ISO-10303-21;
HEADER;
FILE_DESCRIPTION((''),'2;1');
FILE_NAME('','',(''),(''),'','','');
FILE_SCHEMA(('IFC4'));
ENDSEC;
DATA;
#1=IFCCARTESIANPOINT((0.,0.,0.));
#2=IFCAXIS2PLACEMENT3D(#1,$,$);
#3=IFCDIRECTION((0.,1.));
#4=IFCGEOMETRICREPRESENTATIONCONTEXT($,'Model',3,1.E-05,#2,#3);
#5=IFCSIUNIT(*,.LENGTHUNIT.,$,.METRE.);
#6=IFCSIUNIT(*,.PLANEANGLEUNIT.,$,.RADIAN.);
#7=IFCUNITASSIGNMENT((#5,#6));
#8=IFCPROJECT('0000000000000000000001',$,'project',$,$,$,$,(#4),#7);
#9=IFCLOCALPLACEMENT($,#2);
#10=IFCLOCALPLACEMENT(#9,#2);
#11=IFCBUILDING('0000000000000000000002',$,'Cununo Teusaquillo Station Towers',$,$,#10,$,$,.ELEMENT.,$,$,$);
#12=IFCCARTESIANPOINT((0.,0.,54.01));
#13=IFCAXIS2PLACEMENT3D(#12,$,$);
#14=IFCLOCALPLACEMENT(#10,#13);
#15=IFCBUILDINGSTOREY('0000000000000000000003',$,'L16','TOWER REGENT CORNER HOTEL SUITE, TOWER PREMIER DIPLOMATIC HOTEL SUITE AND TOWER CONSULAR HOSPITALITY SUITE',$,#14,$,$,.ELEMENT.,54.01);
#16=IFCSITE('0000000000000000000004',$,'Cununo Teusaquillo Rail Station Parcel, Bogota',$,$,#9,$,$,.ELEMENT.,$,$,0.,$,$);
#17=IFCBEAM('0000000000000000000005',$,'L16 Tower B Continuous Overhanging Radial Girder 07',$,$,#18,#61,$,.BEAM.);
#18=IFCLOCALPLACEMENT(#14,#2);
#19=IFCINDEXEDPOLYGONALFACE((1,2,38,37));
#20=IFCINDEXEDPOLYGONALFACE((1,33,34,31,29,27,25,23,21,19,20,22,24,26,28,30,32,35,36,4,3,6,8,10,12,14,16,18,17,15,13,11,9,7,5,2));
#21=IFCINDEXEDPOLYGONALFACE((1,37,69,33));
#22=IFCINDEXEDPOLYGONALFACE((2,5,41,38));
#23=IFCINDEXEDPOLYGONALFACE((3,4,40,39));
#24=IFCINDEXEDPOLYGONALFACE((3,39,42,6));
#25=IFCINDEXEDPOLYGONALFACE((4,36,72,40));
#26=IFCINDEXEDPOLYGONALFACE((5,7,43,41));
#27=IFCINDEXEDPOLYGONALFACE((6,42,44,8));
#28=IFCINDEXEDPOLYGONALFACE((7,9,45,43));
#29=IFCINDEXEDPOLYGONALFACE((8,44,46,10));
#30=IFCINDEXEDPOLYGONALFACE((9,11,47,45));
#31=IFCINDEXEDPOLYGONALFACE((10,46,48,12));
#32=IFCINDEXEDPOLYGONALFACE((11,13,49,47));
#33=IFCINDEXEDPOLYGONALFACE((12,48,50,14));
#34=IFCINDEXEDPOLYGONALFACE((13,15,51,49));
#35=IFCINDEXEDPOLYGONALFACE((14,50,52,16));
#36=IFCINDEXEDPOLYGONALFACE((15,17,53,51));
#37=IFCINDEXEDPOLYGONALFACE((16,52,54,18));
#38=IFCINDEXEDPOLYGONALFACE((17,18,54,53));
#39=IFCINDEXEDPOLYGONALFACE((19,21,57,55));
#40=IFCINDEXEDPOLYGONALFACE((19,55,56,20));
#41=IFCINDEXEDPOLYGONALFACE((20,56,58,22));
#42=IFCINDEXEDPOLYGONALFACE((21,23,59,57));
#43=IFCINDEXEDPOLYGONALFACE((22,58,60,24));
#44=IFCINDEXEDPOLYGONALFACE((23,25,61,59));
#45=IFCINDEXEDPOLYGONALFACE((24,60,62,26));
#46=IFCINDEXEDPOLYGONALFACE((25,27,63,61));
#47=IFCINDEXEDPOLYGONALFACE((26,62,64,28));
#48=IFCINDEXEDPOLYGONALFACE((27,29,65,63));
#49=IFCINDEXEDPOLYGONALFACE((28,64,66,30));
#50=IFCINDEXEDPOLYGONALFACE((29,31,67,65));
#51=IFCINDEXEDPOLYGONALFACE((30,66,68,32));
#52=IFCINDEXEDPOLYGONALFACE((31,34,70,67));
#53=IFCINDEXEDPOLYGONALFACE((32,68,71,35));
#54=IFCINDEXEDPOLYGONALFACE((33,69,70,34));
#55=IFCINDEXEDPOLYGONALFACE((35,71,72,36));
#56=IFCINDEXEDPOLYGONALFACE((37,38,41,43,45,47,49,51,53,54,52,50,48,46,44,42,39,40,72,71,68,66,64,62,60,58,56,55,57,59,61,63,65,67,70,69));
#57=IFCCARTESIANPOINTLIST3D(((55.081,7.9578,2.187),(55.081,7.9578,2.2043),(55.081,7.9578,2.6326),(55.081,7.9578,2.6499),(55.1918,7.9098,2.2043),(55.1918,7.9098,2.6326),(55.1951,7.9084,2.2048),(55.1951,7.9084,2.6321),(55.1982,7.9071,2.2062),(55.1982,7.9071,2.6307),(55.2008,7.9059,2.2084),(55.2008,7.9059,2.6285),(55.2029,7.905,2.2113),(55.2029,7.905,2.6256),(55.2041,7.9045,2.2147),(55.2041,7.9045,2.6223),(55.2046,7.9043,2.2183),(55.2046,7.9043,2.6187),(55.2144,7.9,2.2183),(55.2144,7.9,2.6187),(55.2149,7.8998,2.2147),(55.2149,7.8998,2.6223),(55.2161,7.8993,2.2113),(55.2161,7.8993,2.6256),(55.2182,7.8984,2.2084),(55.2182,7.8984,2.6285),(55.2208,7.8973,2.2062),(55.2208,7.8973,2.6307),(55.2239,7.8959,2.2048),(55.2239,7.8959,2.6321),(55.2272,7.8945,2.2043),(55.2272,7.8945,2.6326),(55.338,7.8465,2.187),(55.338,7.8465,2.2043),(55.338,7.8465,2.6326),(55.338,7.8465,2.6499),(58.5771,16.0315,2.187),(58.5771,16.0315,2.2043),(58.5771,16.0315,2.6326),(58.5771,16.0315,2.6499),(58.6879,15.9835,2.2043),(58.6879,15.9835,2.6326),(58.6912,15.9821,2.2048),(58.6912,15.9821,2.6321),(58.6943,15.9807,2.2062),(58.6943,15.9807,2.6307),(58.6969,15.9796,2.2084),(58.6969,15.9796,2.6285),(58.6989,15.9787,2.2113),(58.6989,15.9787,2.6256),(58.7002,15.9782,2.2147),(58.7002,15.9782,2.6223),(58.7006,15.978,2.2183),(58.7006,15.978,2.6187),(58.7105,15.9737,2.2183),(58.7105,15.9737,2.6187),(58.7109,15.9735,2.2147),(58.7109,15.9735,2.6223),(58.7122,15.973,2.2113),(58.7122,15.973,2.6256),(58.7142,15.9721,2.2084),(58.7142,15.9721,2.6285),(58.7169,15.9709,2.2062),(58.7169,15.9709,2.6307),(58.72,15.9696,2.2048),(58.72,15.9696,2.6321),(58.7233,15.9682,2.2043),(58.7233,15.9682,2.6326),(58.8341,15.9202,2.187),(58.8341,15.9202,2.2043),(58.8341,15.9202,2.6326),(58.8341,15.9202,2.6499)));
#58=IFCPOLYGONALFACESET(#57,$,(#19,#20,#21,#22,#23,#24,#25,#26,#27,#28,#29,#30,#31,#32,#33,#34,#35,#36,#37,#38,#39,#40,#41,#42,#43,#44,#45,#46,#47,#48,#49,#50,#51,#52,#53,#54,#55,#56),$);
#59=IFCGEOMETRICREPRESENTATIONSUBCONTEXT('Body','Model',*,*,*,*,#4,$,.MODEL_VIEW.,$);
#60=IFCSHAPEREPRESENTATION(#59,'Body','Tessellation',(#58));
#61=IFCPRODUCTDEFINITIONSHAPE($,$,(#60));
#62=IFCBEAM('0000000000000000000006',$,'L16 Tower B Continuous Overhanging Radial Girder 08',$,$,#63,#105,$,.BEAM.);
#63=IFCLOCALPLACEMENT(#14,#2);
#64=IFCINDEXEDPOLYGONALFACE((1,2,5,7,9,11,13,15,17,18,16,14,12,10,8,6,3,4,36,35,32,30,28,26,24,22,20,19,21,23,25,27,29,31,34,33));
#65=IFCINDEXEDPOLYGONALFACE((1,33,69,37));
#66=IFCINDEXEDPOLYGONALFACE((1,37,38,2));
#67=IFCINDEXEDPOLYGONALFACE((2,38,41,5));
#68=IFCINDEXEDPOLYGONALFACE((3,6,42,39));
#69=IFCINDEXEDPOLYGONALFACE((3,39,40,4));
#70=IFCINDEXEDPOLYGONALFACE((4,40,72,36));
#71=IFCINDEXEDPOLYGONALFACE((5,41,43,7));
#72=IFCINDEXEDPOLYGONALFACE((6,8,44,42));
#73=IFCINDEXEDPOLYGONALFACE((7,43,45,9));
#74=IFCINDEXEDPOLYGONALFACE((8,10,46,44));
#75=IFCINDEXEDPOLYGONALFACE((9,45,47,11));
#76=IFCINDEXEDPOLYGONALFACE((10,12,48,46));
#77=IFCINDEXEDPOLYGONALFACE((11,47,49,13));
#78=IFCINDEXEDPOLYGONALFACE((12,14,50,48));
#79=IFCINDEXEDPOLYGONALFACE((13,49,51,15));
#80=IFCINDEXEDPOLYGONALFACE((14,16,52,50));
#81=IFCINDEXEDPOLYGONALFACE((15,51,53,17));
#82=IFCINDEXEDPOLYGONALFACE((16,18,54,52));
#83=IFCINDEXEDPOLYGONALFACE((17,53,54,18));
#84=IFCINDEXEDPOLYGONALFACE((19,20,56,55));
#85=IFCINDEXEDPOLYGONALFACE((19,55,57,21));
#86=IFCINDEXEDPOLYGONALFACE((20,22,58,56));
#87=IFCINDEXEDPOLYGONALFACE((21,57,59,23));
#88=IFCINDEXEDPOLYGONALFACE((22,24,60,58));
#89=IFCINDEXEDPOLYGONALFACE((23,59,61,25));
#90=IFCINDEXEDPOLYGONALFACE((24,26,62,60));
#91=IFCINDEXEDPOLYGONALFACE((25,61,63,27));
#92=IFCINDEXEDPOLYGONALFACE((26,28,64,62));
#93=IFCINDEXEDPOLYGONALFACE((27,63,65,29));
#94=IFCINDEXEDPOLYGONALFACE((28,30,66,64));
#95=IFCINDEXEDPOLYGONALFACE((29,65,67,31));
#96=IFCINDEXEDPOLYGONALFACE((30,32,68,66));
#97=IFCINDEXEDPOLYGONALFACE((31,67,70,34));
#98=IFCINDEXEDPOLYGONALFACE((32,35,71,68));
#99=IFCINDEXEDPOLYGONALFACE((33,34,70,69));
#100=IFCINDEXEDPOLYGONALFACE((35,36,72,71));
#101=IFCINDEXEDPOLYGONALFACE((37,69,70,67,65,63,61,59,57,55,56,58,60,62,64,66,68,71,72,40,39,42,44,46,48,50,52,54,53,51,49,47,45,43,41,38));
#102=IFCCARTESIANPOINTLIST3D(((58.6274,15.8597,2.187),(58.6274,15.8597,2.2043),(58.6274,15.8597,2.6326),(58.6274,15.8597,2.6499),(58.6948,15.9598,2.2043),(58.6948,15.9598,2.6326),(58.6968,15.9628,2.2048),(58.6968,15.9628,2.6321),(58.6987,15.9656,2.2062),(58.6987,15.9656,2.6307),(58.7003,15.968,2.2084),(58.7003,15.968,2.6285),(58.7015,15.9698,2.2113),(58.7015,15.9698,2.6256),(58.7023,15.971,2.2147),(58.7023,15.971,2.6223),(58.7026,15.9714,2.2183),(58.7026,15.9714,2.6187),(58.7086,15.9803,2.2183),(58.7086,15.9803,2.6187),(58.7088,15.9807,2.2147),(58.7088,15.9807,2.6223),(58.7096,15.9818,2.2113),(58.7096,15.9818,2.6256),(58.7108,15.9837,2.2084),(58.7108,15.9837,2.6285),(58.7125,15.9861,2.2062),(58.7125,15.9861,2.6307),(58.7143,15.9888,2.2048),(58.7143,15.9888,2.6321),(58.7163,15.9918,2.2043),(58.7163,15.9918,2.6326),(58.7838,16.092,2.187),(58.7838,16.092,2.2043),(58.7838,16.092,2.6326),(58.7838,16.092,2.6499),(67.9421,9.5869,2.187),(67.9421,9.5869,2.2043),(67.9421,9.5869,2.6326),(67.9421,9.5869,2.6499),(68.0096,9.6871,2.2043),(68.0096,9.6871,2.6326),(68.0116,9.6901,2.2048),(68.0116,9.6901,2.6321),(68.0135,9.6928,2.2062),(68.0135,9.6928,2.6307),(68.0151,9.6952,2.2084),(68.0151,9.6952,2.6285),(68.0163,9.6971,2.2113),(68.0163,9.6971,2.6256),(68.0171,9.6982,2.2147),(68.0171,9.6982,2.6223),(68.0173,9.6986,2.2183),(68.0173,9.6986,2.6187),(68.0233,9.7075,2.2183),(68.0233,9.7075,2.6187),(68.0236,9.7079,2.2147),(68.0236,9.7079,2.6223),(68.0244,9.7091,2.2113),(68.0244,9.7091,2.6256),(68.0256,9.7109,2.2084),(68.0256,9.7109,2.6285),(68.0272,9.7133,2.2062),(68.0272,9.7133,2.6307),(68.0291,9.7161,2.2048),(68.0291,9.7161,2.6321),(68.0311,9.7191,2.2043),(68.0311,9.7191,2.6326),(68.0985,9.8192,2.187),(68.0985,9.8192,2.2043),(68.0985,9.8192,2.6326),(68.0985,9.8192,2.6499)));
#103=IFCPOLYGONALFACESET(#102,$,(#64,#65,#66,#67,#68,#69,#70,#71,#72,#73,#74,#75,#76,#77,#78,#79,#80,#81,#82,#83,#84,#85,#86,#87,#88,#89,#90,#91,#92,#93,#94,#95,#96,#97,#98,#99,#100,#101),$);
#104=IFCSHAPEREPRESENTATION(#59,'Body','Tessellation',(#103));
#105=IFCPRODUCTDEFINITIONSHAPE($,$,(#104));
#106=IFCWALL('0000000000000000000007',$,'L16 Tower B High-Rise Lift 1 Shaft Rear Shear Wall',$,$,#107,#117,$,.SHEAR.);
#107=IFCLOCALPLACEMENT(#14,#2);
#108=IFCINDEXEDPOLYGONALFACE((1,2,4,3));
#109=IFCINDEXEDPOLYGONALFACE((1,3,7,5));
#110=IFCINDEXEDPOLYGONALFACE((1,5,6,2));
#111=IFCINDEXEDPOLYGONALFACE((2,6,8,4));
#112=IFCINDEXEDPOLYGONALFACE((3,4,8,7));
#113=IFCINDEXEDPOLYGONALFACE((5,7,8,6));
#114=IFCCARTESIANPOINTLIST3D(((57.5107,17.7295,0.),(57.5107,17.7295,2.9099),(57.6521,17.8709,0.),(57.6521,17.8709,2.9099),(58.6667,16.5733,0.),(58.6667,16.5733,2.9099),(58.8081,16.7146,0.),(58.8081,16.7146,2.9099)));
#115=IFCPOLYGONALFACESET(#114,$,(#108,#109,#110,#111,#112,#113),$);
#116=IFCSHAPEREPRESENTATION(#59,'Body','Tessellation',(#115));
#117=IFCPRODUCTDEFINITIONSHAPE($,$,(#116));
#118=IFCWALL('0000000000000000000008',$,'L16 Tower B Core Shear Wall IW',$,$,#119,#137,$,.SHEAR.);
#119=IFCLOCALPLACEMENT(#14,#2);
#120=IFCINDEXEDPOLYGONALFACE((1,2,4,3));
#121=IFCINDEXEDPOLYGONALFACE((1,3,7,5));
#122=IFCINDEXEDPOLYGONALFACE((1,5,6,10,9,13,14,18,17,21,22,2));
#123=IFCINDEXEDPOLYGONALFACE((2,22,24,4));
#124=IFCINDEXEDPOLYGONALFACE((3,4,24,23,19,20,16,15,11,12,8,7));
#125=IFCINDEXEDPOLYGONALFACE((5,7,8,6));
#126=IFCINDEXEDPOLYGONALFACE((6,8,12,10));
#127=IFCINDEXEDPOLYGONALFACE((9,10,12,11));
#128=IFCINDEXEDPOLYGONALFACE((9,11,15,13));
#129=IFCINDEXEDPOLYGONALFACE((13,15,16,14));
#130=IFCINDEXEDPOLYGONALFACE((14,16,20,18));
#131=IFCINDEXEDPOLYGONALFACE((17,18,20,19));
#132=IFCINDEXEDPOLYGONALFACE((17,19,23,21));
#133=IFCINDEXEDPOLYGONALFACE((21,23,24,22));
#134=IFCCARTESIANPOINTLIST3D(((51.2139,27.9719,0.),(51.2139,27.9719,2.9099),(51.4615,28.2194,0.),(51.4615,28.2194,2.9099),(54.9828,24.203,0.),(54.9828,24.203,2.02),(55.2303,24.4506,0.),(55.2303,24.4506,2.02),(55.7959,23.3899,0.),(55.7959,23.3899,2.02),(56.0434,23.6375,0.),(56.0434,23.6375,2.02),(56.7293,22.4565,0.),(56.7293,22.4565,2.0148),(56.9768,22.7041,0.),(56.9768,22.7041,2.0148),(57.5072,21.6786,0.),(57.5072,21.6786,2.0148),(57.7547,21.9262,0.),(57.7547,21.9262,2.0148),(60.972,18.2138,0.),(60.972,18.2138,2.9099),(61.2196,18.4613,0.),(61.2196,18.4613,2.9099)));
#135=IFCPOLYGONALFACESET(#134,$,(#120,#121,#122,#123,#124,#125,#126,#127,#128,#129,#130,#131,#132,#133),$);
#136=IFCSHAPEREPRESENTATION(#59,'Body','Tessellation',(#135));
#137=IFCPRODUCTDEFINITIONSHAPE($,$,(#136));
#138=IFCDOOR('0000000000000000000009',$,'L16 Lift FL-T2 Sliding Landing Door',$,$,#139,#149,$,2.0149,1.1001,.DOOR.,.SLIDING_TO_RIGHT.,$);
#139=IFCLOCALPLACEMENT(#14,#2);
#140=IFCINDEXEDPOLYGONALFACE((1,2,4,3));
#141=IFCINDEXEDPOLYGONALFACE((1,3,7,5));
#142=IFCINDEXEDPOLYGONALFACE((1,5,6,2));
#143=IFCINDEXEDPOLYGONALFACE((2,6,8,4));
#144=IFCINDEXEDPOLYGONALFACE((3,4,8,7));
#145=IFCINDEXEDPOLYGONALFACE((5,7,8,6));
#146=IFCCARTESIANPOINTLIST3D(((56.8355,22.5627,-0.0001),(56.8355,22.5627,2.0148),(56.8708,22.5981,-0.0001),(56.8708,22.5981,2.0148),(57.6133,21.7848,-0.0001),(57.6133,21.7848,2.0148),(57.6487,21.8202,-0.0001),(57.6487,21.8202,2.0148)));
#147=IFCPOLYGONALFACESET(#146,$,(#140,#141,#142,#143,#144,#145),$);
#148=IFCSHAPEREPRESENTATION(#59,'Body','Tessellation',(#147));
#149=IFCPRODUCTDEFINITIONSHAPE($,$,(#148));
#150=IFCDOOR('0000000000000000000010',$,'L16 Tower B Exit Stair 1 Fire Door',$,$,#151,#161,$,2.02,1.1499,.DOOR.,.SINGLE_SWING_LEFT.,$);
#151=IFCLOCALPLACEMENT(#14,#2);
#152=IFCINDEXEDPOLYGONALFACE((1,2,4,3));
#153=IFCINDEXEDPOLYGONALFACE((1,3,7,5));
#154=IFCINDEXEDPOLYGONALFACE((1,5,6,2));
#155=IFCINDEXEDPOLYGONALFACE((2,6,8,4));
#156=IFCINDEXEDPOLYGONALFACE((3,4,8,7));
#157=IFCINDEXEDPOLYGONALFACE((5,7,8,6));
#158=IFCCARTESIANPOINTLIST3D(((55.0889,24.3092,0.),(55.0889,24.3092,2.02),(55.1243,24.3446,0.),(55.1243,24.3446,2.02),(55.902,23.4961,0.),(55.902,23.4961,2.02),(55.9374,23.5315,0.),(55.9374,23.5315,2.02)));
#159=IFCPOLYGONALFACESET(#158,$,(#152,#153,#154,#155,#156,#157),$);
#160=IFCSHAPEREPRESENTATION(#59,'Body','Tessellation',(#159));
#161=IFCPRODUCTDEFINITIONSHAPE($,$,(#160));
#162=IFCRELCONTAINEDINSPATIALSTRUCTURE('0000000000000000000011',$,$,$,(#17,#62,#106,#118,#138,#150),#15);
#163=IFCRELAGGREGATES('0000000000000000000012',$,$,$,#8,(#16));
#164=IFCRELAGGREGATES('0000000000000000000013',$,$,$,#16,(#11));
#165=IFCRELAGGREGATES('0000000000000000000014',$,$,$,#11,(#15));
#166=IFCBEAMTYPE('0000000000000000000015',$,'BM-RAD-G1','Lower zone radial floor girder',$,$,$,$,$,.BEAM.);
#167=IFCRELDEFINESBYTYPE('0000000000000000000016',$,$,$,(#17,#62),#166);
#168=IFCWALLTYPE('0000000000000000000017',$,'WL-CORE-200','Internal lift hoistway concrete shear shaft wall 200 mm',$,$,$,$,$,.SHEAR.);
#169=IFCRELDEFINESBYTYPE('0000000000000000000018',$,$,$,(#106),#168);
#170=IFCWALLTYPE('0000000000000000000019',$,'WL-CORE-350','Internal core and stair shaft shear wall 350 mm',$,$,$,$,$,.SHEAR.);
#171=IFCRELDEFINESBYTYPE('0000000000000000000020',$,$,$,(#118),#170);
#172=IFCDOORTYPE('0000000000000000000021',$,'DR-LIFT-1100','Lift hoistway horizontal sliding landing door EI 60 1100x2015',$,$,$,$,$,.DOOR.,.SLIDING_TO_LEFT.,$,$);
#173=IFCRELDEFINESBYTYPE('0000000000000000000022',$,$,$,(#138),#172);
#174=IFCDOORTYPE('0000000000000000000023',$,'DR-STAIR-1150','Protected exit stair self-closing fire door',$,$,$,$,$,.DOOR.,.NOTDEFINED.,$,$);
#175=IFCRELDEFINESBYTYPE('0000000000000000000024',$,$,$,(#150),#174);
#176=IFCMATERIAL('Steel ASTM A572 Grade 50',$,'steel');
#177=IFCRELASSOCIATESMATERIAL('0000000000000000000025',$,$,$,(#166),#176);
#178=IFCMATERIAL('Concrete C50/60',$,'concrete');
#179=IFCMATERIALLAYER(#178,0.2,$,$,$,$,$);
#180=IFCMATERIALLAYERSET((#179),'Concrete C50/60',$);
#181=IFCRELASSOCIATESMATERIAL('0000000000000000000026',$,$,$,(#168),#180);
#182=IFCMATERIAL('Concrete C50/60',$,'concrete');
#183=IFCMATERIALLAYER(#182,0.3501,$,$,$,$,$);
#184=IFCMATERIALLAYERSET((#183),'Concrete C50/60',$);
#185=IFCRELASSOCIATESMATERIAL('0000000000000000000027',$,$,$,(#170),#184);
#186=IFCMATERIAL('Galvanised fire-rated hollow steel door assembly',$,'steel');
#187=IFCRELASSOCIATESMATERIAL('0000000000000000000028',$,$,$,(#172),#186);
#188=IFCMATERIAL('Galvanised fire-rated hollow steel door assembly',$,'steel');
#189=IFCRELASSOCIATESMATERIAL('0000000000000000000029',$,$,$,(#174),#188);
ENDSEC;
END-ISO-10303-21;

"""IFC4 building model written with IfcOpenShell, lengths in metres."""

from ifc_helpers import new_model, si_unit, direction, frame, frame_2d, origin, origin_2d, place, context, subcontext, project, spatial, rectangle, i_section, extrude, source, transform, mapped, material, layer, layer_set, material_profile, profile_set, type_object, element, fill, save


model = new_model("IFC4")

# Units and contexts
model_context = context("Model", 3, precision=1e-05, world=origin(), true_north=direction((0.0, 1.0)))
body_context = subcontext(model_context, "Body", "Model", "MODEL_VIEW")
ifc_project = project(units=[si_unit("LENGTHUNIT", "METRE"), si_unit("PLANEANGLEUNIT", "RADIAN")], contexts=[model_context])

# Site, building, storey
site_placement = place(None, origin())
site = spatial("IfcSite", under=ifc_project, at=site_placement, Name="Cununo Teusaquillo Rail Station Parcel, Bogota", CompositionType="ELEMENT", RefElevation=0.0)
building_placement = place(site_placement, origin())
building = spatial("IfcBuilding", under=site, at=building_placement, Name="Cununo Teusaquillo Station Towers", CompositionType="ELEMENT")
storey_placement = place(building_placement, frame((0.0, 0.0, 54.01)))
storey = spatial("IfcBuildingStorey", under=building, at=storey_placement, Name="L16", Description="TOWER REGENT CORNER HOTEL SUITE, TOWER PREMIER DIPLOMATIC HOTEL SUITE AND TOWER CONSULAR HOSPITALITY SUITE", CompositionType="ELEMENT", Elevation=54.01)

# Beams
ifc_material_1 = material(Name="Steel ASTM A572 Grade 50", Category="steel")
ifc_material_profile_1 = material_profile(ifc_material_1, i_section(OverallWidth=0.28, OverallDepth=0.4629, WebThickness=0.0107, FlangeThickness=0.0173, FilletRadius=0.0139, at=origin_2d()), Name="W18X76")
ifc_profile_set_1 = profile_set([ifc_material_profile_1], Name="Steel ASTM A572 Grade 50")
beam_type_1 = type_object("IfcBeamType", Name="BM-RAD-G1", Description="Lower zone radial floor girder", PredefinedType="BEAM", material=ifc_profile_set_1)
beam_1_placement = place(storey_placement, frame((58.7056, 15.9758, 2.4185), z_axis=(-0.397366, -0.91766, 0.0), x_axis=(0.91766, -0.397366, 0.0)))
element("IfcBeam", 1, at=beam_1_placement, inside=storey, type_object=beam_type_1, Name="L16 Tower B Continuous Overhanging Radial Girder 07", PredefinedType="BEAM", context=body_context, shape_type="SweptSolid", body=[
    extrude(i_section(OverallWidth=0.28, OverallDepth=0.4629, WebThickness=0.0107, FlangeThickness=0.0173, FilletRadius=0.0139, at=origin_2d()), origin(), (0.0, 0.0, 1.0), 8.7981),
])
beam_2_placement = place(storey_placement, frame((58.7056, 15.9758, 2.4185), z_axis=(0.829456, -0.558572, 0.0), x_axis=(0.558572, 0.829456, 0.0)))
element("IfcBeam", 2, at=beam_2_placement, inside=storey, type_object=beam_type_1, Name="L16 Tower B Continuous Overhanging Radial Girder 08", PredefinedType="BEAM", context=body_context, shape_type="SweptSolid", body=[
    extrude(i_section(OverallWidth=0.28, OverallDepth=0.4629, WebThickness=0.0107, FlangeThickness=0.0173, FilletRadius=0.0139, at=origin_2d()), origin(), (0.0, 0.0, 1.0), 11.23),
])

# Wall
ifc_material_2 = material(Name="Concrete C50/60", Category="concrete")
ifc_layer_1 = layer(ifc_material_2, 0.2)
ifc_layer_set_1 = layer_set([ifc_layer_1], Name="Concrete C50/60")
wall_type_1 = type_object("IfcWallType", Name="WL-CORE-200", Description="Internal lift hoistway concrete shear shaft wall 200 mm", PredefinedType="SHEAR", material=ifc_layer_set_1)
wall_1_placement = place(storey_placement, frame((58.7373, 16.644, 0.0), z_axis=(0.0, 0.0, 1.0), x_axis=(-0.707032, 0.707181, 0.0)))
element("IfcWall", 3, at=wall_1_placement, inside=storey, type_object=wall_type_1, Name="L16 Tower B High-Rise Lift 1 Shaft Rear Shear Wall", PredefinedType="SHEAR", context=body_context, shape_type="SweptSolid", body=[
    extrude(rectangle(XDim=1.635, YDim=0.2, at=frame_2d((0.8174, 0.0))), origin(), (0.0, 0.0, 1.0), 2.9099),
])

# Wall, openings, doors
ifc_material_3 = material(Name="Concrete C50/60", Category="concrete")
ifc_layer_2 = layer(ifc_material_3, 0.3501)
ifc_layer_set_2 = layer_set([ifc_layer_2], Name="Concrete C50/60")
wall_type_2 = type_object("IfcWallType", Name="WL-CORE-350", Description="Internal core and stair shaft shear wall 350 mm", PredefinedType="SHEAR", material=ifc_layer_set_2)
wall_2_placement = place(storey_placement, frame((61.0957, 18.3376, 0.0), z_axis=(0.0, 0.0, 1.0), x_axis=(-0.707107, 0.707107, 0.0)))
wall_2 = element("IfcWall", 4, at=wall_2_placement, inside=storey, type_object=wall_type_2, Name="L16 Tower B Core Shear Wall IW", PredefinedType="SHEAR", context=body_context, shape_type="SweptSolid", body=[
    extrude(rectangle(XDim=13.8, YDim=0.3501, at=frame_2d((6.8999, 0.0))), origin(), (0.0, 0.0, 1.0), 2.9099),
])
shared_shape_1 = source(origin(), body_context, "Body", "SweptSolid", [
    extrude(rectangle(XDim=1.1001, YDim=2.0149, at=frame_2d((0.55, 1.0073))), frame((0.0, 0.1851, 0.0), z_axis=(0.0, -1.0, 0.0), x_axis=(1.0, 0.0, 0.0)), (0.0, 0.0, 1.0), 0.3701),
])
opening_1_placement = place(wall_2_placement, frame((4.8999, 0.0, 0.0)))
opening_1 = element("IfcOpeningElement", 5, at=opening_1_placement, cuts=wall_2, PredefinedType="OPENING", context=body_context, shape_type="MappedRepresentation", body=[
    mapped(shared_shape_1, transform((0.0, 0.0, 0.0), x_axis=(1.0, 0.0, 0.0), y_axis=(0.0, 1.0, 0.0), z_axis=(0.0, 0.0, 1.0), scale=1.0)),
])
shared_shape_2 = source(origin(), body_context, "Body", "SweptSolid", [
    extrude(rectangle(XDim=1.1499, YDim=2.02, at=frame_2d((0.575, 1.01))), frame((0.0, 0.1851, 0.0), z_axis=(0.0, -1.0, 0.0), x_axis=(1.0, 0.0, 0.0)), (0.0, 0.0, 1.0), 0.3701),
])
opening_2_placement = place(wall_2_placement, frame((7.3201, 0.0, 0.0)))
opening_2 = element("IfcOpeningElement", 6, at=opening_2_placement, cuts=wall_2, PredefinedType="OPENING", context=body_context, shape_type="MappedRepresentation", body=[
    mapped(shared_shape_2, transform((0.0, 0.0, 0.0), x_axis=(1.0, 0.0, 0.0), y_axis=(0.0, 1.0, 0.0), z_axis=(0.0, 0.0, 1.0), scale=1.0)),
])
ifc_material_4 = material(Name="Galvanised fire-rated hollow steel door assembly", Category="steel")
door_type_1 = type_object("IfcDoorType", Name="DR-LIFT-1100", Description="Lift hoistway horizontal sliding landing door EI 60 1100x2015", OperationType="SLIDING_TO_LEFT", PredefinedType="DOOR", material=ifc_material_4)
shared_shape_3 = source(origin(), body_context, "Body", "SweptSolid", [
    extrude(rectangle(XDim=1.1001, YDim=2.0149, at=frame_2d((0.55, 1.0073))), frame((0.0, 0.0249, 0.0), z_axis=(0.0, -1.0, 0.0), x_axis=(1.0, 0.0, 0.0)), (0.0, 0.0, 1.0), 0.05),
])
door_1_placement = place(opening_1_placement, origin())
door_1 = element("IfcDoor", 7, at=door_1_placement, inside=storey, type_object=door_type_1, Name="L16 Lift FL-T2 Sliding Landing Door", OperationType="SLIDING_TO_RIGHT", OverallHeight=2.0149, OverallWidth=1.1001, PredefinedType="DOOR", context=body_context, shape_type="MappedRepresentation", body=[
    mapped(shared_shape_3, transform((0.0, 0.0, 0.0), x_axis=(1.0, 0.0, 0.0), y_axis=(0.0, 1.0, 0.0), z_axis=(0.0, 0.0, 1.0), scale=1.0)),
])
fill(opening_1, door_1)
ifc_material_5 = material(Name="Galvanised fire-rated hollow steel door assembly", Category="steel")
door_type_2 = type_object("IfcDoorType", Name="DR-STAIR-1150", Description="Protected exit stair self-closing fire door", OperationType="NOTDEFINED", PredefinedType="DOOR", material=ifc_material_5)
shared_shape_4 = source(origin(), body_context, "Body", "SweptSolid", [
    extrude(rectangle(XDim=1.1499, YDim=2.02, at=frame_2d((0.575, 1.01))), frame((0.0, 0.0249, 0.0), z_axis=(0.0, -1.0, 0.0), x_axis=(1.0, 0.0, 0.0)), (0.0, 0.0, 1.0), 0.05),
])
door_2_placement = place(opening_2_placement, origin())
door_2 = element("IfcDoor", 8, at=door_2_placement, inside=storey, type_object=door_type_2, Name="L16 Tower B Exit Stair 1 Fire Door", OperationType="SINGLE_SWING_LEFT", OverallHeight=2.02, OverallWidth=1.1499, PredefinedType="DOOR", context=body_context, shape_type="MappedRepresentation", body=[
    mapped(shared_shape_4, transform((0.0, 0.0, 0.0), x_axis=(1.0, 0.0, 0.0), y_axis=(0.0, 1.0, 0.0), z_axis=(0.0, 0.0, 1.0), scale=1.0)),
])
fill(opening_2, door_2)

save(model, "model.ifc")
